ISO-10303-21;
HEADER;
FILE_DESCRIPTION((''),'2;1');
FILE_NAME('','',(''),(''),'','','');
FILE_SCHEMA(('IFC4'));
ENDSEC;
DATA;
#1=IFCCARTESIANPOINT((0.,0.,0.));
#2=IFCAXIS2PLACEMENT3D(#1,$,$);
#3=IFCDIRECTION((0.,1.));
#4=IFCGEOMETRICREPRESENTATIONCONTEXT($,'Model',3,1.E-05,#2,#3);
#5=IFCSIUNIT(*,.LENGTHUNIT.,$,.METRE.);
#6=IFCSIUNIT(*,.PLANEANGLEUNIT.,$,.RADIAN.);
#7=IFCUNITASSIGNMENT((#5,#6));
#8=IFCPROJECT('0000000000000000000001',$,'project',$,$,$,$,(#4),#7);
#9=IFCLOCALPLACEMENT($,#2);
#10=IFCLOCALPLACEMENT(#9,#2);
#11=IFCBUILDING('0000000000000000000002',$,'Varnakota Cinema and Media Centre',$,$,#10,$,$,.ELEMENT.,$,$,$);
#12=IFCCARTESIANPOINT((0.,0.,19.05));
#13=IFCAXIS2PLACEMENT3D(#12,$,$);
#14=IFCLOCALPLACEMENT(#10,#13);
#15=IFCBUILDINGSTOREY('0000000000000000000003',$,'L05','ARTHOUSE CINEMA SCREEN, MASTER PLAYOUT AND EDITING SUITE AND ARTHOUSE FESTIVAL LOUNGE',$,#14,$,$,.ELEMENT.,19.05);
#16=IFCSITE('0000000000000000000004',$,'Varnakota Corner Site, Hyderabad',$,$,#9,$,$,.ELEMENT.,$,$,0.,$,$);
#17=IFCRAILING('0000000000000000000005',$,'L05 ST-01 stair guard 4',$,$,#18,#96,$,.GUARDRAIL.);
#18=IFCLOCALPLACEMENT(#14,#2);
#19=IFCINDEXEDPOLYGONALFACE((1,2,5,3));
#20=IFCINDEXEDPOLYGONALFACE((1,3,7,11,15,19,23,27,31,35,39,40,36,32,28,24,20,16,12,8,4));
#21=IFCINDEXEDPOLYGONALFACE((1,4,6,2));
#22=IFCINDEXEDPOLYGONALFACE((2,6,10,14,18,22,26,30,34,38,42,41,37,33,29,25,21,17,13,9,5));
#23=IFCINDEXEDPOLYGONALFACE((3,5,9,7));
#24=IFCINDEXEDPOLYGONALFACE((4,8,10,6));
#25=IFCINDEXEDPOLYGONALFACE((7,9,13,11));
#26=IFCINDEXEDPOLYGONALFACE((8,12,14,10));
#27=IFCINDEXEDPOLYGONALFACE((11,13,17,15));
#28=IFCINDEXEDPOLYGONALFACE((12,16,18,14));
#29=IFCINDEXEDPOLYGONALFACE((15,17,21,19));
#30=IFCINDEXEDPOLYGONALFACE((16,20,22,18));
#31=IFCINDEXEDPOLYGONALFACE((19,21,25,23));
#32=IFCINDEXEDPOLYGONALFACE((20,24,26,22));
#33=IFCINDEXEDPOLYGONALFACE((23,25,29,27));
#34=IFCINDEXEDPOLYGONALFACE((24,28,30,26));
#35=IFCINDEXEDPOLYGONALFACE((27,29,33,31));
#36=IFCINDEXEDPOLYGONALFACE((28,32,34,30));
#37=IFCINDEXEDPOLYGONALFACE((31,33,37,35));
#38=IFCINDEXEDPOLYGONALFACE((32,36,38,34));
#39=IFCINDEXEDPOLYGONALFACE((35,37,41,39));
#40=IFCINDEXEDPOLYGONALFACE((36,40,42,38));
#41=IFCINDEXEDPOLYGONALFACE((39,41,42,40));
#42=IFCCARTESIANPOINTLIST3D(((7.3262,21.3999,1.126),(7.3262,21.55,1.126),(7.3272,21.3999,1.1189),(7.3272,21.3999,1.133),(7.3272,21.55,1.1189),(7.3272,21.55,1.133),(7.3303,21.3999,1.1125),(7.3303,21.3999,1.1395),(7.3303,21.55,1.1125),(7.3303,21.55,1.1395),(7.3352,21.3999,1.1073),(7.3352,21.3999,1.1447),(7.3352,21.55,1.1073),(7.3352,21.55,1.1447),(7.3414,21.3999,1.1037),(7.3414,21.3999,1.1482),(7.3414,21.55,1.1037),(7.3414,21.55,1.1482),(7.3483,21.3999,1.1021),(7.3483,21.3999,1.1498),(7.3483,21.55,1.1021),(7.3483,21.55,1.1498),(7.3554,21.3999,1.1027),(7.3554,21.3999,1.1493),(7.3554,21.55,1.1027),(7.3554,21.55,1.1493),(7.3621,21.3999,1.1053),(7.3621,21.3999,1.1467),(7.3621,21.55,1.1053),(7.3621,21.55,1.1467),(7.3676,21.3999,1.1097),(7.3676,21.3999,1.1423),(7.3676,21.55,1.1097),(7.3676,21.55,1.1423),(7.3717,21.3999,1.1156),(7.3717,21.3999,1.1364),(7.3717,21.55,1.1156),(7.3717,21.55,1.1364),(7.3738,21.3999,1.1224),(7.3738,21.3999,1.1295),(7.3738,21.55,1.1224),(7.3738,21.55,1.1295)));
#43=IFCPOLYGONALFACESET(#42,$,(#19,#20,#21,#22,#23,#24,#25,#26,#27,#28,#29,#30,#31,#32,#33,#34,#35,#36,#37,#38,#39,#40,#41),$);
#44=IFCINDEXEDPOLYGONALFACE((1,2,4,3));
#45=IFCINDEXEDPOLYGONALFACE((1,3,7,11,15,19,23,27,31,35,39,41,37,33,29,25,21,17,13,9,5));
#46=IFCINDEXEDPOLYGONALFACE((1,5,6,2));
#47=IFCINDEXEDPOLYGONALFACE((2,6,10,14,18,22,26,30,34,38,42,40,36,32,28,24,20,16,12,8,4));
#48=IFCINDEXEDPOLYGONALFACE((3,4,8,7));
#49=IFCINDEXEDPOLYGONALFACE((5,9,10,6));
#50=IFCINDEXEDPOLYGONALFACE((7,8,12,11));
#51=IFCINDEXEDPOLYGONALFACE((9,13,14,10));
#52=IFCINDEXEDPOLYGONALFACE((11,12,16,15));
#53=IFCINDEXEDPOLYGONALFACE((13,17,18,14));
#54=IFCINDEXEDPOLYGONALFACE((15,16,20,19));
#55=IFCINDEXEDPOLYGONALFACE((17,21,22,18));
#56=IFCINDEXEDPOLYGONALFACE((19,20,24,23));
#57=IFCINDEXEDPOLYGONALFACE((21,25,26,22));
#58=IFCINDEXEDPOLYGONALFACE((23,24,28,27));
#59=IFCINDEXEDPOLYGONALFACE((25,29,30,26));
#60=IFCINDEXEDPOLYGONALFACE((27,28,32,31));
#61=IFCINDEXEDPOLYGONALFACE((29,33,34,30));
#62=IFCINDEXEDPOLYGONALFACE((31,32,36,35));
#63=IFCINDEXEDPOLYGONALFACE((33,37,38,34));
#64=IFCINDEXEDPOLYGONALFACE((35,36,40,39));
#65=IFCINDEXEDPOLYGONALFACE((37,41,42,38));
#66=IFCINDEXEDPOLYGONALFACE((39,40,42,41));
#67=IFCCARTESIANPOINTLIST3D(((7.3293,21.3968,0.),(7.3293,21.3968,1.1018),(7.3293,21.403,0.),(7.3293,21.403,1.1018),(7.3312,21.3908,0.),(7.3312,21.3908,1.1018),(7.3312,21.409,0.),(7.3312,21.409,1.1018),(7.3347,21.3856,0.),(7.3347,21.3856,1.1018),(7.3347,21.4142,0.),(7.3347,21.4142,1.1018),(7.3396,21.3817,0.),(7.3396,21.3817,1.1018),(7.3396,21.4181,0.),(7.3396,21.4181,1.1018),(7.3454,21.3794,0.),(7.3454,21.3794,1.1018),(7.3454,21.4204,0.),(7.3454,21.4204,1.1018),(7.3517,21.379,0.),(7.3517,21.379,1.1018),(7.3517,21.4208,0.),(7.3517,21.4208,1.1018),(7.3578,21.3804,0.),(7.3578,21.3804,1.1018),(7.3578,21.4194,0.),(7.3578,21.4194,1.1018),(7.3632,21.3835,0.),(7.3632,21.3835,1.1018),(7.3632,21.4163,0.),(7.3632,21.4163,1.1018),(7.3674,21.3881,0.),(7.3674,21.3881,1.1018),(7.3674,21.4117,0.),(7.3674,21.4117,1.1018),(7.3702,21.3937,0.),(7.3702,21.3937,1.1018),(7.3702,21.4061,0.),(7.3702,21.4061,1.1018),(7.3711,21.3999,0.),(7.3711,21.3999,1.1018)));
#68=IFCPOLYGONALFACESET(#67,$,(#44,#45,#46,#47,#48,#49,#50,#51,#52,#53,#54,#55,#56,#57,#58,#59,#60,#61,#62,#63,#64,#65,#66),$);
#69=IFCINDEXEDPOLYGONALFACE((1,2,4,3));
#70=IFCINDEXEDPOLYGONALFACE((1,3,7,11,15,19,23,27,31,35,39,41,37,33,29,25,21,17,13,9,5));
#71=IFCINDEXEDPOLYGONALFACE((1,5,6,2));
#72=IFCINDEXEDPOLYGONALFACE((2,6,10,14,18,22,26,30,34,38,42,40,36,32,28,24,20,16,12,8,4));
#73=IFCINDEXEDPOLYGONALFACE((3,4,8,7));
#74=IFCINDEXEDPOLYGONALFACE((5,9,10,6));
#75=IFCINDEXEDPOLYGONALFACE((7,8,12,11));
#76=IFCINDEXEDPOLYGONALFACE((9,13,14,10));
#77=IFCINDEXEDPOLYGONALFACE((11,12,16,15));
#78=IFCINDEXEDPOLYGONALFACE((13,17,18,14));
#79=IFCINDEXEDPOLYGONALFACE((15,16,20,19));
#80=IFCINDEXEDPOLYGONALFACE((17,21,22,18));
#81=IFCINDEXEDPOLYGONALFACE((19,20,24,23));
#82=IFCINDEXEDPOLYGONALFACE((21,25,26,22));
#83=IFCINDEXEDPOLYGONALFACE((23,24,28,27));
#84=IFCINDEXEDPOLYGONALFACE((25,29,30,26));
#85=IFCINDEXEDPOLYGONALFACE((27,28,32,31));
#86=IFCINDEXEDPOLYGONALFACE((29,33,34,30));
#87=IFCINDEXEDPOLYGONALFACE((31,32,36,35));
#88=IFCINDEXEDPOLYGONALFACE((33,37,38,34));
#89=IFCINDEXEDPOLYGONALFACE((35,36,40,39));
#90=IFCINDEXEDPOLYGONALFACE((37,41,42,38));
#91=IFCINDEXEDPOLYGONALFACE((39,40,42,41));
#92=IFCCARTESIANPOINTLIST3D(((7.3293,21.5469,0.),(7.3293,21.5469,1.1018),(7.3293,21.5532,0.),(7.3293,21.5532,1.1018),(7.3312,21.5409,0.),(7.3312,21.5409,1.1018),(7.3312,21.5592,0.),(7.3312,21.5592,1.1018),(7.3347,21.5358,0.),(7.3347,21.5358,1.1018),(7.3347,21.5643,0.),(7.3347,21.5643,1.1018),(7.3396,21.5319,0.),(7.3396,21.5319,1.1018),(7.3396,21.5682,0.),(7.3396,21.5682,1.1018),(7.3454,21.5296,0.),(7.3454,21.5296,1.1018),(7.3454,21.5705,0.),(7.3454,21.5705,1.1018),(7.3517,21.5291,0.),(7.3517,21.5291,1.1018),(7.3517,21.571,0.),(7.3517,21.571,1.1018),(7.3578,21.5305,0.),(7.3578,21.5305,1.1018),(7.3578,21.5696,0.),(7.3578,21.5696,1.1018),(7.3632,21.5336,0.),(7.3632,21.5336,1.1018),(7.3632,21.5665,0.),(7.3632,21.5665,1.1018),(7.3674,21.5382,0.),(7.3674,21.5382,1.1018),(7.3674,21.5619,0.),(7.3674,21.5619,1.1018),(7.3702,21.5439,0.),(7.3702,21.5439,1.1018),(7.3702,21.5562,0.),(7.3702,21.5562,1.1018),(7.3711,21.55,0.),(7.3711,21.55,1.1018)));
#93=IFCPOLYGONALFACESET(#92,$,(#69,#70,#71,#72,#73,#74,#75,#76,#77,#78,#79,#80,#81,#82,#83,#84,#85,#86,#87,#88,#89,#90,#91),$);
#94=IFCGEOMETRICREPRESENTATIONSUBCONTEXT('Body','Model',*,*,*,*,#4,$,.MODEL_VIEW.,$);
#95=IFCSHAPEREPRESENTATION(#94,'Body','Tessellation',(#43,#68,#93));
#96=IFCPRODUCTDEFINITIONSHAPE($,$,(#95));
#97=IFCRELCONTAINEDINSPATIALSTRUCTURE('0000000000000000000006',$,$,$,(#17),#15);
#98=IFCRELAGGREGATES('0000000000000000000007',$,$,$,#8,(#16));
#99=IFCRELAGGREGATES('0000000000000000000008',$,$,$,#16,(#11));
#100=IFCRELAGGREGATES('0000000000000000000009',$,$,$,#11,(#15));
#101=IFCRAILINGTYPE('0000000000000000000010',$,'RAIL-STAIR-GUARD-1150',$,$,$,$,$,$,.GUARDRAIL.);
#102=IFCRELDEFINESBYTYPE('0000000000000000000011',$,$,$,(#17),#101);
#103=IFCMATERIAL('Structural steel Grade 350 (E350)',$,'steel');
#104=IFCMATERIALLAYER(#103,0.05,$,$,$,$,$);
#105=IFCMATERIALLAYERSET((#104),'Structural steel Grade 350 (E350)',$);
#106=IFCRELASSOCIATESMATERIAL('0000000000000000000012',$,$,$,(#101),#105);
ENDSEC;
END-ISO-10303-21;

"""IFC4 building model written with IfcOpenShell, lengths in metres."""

from ifc_helpers import new_model, si_unit, direction, frame, origin, origin_2d, place, context, subcontext, project, spatial, circle, extrude, material, layer, layer_set, type_object, element, save


model = new_model("IFC4")

# Units and contexts
model_context = context("Model", 3, precision=1e-05, world=origin(), true_north=direction((0.0, 1.0)))
body_context = subcontext(model_context, "Body", "Model", "MODEL_VIEW")
ifc_project = project(units=[si_unit("LENGTHUNIT", "METRE"), si_unit("PLANEANGLEUNIT", "RADIAN")], contexts=[model_context])

# Site, building, storey
site_placement = place(None, origin())
site = spatial("IfcSite", under=ifc_project, at=site_placement, Name="Varnakota Corner Site, Hyderabad", CompositionType="ELEMENT", RefElevation=0.0)
building_placement = place(site_placement, origin())
building = spatial("IfcBuilding", under=site, at=building_placement, Name="Varnakota Cinema and Media Centre", CompositionType="ELEMENT")
storey_placement = place(building_placement, frame((0.0, 0.0, 19.05)))
storey = spatial("IfcBuildingStorey", under=building, at=storey_placement, Name="L05", Description="ARTHOUSE CINEMA SCREEN, MASTER PLAYOUT AND EDITING SUITE AND ARTHOUSE FESTIVAL LOUNGE", CompositionType="ELEMENT", Elevation=19.05)

# Railing
ifc_material_1 = material(Name="Structural steel Grade 350 (E350)", Category="steel")
ifc_layer_1 = layer(ifc_material_1, 0.05)
ifc_layer_set_1 = layer_set([ifc_layer_1], Name="Structural steel Grade 350 (E350)")
railing_type_1 = type_object("IfcRailingType", Name="RAIL-STAIR-GUARD-1150", PredefinedType="GUARDRAIL", material=ifc_layer_set_1)
railing_1_placement = place(storey_placement, frame((7.3501, 21.3999, 0.0)))
element("IfcRailing", 1, at=railing_1_placement, inside=storey, type_object=railing_type_1, Name="L05 ST-01 stair guard 4", PredefinedType="GUARDRAIL", context=body_context, shape_type="SweptSolid", body=[
    extrude(circle(Radius=0.0239, at=origin_2d()), frame((0.0, 0.0, 1.126), z_axis=(0.0, 1.0, 0.0), x_axis=(-1.0, 0.0, 0.0)), (0.0, 0.0, 1.0), 0.1501),
    extrude(circle(Radius=0.021, at=origin_2d()), origin(), (0.0, 0.0, 1.0), 1.1018),
    extrude(circle(Radius=0.021, at=origin_2d()), frame((0.0, 0.1501, 0.0)), (0.0, 0.0, 1.0), 1.1018),
])

save(model, "model.ifc")
